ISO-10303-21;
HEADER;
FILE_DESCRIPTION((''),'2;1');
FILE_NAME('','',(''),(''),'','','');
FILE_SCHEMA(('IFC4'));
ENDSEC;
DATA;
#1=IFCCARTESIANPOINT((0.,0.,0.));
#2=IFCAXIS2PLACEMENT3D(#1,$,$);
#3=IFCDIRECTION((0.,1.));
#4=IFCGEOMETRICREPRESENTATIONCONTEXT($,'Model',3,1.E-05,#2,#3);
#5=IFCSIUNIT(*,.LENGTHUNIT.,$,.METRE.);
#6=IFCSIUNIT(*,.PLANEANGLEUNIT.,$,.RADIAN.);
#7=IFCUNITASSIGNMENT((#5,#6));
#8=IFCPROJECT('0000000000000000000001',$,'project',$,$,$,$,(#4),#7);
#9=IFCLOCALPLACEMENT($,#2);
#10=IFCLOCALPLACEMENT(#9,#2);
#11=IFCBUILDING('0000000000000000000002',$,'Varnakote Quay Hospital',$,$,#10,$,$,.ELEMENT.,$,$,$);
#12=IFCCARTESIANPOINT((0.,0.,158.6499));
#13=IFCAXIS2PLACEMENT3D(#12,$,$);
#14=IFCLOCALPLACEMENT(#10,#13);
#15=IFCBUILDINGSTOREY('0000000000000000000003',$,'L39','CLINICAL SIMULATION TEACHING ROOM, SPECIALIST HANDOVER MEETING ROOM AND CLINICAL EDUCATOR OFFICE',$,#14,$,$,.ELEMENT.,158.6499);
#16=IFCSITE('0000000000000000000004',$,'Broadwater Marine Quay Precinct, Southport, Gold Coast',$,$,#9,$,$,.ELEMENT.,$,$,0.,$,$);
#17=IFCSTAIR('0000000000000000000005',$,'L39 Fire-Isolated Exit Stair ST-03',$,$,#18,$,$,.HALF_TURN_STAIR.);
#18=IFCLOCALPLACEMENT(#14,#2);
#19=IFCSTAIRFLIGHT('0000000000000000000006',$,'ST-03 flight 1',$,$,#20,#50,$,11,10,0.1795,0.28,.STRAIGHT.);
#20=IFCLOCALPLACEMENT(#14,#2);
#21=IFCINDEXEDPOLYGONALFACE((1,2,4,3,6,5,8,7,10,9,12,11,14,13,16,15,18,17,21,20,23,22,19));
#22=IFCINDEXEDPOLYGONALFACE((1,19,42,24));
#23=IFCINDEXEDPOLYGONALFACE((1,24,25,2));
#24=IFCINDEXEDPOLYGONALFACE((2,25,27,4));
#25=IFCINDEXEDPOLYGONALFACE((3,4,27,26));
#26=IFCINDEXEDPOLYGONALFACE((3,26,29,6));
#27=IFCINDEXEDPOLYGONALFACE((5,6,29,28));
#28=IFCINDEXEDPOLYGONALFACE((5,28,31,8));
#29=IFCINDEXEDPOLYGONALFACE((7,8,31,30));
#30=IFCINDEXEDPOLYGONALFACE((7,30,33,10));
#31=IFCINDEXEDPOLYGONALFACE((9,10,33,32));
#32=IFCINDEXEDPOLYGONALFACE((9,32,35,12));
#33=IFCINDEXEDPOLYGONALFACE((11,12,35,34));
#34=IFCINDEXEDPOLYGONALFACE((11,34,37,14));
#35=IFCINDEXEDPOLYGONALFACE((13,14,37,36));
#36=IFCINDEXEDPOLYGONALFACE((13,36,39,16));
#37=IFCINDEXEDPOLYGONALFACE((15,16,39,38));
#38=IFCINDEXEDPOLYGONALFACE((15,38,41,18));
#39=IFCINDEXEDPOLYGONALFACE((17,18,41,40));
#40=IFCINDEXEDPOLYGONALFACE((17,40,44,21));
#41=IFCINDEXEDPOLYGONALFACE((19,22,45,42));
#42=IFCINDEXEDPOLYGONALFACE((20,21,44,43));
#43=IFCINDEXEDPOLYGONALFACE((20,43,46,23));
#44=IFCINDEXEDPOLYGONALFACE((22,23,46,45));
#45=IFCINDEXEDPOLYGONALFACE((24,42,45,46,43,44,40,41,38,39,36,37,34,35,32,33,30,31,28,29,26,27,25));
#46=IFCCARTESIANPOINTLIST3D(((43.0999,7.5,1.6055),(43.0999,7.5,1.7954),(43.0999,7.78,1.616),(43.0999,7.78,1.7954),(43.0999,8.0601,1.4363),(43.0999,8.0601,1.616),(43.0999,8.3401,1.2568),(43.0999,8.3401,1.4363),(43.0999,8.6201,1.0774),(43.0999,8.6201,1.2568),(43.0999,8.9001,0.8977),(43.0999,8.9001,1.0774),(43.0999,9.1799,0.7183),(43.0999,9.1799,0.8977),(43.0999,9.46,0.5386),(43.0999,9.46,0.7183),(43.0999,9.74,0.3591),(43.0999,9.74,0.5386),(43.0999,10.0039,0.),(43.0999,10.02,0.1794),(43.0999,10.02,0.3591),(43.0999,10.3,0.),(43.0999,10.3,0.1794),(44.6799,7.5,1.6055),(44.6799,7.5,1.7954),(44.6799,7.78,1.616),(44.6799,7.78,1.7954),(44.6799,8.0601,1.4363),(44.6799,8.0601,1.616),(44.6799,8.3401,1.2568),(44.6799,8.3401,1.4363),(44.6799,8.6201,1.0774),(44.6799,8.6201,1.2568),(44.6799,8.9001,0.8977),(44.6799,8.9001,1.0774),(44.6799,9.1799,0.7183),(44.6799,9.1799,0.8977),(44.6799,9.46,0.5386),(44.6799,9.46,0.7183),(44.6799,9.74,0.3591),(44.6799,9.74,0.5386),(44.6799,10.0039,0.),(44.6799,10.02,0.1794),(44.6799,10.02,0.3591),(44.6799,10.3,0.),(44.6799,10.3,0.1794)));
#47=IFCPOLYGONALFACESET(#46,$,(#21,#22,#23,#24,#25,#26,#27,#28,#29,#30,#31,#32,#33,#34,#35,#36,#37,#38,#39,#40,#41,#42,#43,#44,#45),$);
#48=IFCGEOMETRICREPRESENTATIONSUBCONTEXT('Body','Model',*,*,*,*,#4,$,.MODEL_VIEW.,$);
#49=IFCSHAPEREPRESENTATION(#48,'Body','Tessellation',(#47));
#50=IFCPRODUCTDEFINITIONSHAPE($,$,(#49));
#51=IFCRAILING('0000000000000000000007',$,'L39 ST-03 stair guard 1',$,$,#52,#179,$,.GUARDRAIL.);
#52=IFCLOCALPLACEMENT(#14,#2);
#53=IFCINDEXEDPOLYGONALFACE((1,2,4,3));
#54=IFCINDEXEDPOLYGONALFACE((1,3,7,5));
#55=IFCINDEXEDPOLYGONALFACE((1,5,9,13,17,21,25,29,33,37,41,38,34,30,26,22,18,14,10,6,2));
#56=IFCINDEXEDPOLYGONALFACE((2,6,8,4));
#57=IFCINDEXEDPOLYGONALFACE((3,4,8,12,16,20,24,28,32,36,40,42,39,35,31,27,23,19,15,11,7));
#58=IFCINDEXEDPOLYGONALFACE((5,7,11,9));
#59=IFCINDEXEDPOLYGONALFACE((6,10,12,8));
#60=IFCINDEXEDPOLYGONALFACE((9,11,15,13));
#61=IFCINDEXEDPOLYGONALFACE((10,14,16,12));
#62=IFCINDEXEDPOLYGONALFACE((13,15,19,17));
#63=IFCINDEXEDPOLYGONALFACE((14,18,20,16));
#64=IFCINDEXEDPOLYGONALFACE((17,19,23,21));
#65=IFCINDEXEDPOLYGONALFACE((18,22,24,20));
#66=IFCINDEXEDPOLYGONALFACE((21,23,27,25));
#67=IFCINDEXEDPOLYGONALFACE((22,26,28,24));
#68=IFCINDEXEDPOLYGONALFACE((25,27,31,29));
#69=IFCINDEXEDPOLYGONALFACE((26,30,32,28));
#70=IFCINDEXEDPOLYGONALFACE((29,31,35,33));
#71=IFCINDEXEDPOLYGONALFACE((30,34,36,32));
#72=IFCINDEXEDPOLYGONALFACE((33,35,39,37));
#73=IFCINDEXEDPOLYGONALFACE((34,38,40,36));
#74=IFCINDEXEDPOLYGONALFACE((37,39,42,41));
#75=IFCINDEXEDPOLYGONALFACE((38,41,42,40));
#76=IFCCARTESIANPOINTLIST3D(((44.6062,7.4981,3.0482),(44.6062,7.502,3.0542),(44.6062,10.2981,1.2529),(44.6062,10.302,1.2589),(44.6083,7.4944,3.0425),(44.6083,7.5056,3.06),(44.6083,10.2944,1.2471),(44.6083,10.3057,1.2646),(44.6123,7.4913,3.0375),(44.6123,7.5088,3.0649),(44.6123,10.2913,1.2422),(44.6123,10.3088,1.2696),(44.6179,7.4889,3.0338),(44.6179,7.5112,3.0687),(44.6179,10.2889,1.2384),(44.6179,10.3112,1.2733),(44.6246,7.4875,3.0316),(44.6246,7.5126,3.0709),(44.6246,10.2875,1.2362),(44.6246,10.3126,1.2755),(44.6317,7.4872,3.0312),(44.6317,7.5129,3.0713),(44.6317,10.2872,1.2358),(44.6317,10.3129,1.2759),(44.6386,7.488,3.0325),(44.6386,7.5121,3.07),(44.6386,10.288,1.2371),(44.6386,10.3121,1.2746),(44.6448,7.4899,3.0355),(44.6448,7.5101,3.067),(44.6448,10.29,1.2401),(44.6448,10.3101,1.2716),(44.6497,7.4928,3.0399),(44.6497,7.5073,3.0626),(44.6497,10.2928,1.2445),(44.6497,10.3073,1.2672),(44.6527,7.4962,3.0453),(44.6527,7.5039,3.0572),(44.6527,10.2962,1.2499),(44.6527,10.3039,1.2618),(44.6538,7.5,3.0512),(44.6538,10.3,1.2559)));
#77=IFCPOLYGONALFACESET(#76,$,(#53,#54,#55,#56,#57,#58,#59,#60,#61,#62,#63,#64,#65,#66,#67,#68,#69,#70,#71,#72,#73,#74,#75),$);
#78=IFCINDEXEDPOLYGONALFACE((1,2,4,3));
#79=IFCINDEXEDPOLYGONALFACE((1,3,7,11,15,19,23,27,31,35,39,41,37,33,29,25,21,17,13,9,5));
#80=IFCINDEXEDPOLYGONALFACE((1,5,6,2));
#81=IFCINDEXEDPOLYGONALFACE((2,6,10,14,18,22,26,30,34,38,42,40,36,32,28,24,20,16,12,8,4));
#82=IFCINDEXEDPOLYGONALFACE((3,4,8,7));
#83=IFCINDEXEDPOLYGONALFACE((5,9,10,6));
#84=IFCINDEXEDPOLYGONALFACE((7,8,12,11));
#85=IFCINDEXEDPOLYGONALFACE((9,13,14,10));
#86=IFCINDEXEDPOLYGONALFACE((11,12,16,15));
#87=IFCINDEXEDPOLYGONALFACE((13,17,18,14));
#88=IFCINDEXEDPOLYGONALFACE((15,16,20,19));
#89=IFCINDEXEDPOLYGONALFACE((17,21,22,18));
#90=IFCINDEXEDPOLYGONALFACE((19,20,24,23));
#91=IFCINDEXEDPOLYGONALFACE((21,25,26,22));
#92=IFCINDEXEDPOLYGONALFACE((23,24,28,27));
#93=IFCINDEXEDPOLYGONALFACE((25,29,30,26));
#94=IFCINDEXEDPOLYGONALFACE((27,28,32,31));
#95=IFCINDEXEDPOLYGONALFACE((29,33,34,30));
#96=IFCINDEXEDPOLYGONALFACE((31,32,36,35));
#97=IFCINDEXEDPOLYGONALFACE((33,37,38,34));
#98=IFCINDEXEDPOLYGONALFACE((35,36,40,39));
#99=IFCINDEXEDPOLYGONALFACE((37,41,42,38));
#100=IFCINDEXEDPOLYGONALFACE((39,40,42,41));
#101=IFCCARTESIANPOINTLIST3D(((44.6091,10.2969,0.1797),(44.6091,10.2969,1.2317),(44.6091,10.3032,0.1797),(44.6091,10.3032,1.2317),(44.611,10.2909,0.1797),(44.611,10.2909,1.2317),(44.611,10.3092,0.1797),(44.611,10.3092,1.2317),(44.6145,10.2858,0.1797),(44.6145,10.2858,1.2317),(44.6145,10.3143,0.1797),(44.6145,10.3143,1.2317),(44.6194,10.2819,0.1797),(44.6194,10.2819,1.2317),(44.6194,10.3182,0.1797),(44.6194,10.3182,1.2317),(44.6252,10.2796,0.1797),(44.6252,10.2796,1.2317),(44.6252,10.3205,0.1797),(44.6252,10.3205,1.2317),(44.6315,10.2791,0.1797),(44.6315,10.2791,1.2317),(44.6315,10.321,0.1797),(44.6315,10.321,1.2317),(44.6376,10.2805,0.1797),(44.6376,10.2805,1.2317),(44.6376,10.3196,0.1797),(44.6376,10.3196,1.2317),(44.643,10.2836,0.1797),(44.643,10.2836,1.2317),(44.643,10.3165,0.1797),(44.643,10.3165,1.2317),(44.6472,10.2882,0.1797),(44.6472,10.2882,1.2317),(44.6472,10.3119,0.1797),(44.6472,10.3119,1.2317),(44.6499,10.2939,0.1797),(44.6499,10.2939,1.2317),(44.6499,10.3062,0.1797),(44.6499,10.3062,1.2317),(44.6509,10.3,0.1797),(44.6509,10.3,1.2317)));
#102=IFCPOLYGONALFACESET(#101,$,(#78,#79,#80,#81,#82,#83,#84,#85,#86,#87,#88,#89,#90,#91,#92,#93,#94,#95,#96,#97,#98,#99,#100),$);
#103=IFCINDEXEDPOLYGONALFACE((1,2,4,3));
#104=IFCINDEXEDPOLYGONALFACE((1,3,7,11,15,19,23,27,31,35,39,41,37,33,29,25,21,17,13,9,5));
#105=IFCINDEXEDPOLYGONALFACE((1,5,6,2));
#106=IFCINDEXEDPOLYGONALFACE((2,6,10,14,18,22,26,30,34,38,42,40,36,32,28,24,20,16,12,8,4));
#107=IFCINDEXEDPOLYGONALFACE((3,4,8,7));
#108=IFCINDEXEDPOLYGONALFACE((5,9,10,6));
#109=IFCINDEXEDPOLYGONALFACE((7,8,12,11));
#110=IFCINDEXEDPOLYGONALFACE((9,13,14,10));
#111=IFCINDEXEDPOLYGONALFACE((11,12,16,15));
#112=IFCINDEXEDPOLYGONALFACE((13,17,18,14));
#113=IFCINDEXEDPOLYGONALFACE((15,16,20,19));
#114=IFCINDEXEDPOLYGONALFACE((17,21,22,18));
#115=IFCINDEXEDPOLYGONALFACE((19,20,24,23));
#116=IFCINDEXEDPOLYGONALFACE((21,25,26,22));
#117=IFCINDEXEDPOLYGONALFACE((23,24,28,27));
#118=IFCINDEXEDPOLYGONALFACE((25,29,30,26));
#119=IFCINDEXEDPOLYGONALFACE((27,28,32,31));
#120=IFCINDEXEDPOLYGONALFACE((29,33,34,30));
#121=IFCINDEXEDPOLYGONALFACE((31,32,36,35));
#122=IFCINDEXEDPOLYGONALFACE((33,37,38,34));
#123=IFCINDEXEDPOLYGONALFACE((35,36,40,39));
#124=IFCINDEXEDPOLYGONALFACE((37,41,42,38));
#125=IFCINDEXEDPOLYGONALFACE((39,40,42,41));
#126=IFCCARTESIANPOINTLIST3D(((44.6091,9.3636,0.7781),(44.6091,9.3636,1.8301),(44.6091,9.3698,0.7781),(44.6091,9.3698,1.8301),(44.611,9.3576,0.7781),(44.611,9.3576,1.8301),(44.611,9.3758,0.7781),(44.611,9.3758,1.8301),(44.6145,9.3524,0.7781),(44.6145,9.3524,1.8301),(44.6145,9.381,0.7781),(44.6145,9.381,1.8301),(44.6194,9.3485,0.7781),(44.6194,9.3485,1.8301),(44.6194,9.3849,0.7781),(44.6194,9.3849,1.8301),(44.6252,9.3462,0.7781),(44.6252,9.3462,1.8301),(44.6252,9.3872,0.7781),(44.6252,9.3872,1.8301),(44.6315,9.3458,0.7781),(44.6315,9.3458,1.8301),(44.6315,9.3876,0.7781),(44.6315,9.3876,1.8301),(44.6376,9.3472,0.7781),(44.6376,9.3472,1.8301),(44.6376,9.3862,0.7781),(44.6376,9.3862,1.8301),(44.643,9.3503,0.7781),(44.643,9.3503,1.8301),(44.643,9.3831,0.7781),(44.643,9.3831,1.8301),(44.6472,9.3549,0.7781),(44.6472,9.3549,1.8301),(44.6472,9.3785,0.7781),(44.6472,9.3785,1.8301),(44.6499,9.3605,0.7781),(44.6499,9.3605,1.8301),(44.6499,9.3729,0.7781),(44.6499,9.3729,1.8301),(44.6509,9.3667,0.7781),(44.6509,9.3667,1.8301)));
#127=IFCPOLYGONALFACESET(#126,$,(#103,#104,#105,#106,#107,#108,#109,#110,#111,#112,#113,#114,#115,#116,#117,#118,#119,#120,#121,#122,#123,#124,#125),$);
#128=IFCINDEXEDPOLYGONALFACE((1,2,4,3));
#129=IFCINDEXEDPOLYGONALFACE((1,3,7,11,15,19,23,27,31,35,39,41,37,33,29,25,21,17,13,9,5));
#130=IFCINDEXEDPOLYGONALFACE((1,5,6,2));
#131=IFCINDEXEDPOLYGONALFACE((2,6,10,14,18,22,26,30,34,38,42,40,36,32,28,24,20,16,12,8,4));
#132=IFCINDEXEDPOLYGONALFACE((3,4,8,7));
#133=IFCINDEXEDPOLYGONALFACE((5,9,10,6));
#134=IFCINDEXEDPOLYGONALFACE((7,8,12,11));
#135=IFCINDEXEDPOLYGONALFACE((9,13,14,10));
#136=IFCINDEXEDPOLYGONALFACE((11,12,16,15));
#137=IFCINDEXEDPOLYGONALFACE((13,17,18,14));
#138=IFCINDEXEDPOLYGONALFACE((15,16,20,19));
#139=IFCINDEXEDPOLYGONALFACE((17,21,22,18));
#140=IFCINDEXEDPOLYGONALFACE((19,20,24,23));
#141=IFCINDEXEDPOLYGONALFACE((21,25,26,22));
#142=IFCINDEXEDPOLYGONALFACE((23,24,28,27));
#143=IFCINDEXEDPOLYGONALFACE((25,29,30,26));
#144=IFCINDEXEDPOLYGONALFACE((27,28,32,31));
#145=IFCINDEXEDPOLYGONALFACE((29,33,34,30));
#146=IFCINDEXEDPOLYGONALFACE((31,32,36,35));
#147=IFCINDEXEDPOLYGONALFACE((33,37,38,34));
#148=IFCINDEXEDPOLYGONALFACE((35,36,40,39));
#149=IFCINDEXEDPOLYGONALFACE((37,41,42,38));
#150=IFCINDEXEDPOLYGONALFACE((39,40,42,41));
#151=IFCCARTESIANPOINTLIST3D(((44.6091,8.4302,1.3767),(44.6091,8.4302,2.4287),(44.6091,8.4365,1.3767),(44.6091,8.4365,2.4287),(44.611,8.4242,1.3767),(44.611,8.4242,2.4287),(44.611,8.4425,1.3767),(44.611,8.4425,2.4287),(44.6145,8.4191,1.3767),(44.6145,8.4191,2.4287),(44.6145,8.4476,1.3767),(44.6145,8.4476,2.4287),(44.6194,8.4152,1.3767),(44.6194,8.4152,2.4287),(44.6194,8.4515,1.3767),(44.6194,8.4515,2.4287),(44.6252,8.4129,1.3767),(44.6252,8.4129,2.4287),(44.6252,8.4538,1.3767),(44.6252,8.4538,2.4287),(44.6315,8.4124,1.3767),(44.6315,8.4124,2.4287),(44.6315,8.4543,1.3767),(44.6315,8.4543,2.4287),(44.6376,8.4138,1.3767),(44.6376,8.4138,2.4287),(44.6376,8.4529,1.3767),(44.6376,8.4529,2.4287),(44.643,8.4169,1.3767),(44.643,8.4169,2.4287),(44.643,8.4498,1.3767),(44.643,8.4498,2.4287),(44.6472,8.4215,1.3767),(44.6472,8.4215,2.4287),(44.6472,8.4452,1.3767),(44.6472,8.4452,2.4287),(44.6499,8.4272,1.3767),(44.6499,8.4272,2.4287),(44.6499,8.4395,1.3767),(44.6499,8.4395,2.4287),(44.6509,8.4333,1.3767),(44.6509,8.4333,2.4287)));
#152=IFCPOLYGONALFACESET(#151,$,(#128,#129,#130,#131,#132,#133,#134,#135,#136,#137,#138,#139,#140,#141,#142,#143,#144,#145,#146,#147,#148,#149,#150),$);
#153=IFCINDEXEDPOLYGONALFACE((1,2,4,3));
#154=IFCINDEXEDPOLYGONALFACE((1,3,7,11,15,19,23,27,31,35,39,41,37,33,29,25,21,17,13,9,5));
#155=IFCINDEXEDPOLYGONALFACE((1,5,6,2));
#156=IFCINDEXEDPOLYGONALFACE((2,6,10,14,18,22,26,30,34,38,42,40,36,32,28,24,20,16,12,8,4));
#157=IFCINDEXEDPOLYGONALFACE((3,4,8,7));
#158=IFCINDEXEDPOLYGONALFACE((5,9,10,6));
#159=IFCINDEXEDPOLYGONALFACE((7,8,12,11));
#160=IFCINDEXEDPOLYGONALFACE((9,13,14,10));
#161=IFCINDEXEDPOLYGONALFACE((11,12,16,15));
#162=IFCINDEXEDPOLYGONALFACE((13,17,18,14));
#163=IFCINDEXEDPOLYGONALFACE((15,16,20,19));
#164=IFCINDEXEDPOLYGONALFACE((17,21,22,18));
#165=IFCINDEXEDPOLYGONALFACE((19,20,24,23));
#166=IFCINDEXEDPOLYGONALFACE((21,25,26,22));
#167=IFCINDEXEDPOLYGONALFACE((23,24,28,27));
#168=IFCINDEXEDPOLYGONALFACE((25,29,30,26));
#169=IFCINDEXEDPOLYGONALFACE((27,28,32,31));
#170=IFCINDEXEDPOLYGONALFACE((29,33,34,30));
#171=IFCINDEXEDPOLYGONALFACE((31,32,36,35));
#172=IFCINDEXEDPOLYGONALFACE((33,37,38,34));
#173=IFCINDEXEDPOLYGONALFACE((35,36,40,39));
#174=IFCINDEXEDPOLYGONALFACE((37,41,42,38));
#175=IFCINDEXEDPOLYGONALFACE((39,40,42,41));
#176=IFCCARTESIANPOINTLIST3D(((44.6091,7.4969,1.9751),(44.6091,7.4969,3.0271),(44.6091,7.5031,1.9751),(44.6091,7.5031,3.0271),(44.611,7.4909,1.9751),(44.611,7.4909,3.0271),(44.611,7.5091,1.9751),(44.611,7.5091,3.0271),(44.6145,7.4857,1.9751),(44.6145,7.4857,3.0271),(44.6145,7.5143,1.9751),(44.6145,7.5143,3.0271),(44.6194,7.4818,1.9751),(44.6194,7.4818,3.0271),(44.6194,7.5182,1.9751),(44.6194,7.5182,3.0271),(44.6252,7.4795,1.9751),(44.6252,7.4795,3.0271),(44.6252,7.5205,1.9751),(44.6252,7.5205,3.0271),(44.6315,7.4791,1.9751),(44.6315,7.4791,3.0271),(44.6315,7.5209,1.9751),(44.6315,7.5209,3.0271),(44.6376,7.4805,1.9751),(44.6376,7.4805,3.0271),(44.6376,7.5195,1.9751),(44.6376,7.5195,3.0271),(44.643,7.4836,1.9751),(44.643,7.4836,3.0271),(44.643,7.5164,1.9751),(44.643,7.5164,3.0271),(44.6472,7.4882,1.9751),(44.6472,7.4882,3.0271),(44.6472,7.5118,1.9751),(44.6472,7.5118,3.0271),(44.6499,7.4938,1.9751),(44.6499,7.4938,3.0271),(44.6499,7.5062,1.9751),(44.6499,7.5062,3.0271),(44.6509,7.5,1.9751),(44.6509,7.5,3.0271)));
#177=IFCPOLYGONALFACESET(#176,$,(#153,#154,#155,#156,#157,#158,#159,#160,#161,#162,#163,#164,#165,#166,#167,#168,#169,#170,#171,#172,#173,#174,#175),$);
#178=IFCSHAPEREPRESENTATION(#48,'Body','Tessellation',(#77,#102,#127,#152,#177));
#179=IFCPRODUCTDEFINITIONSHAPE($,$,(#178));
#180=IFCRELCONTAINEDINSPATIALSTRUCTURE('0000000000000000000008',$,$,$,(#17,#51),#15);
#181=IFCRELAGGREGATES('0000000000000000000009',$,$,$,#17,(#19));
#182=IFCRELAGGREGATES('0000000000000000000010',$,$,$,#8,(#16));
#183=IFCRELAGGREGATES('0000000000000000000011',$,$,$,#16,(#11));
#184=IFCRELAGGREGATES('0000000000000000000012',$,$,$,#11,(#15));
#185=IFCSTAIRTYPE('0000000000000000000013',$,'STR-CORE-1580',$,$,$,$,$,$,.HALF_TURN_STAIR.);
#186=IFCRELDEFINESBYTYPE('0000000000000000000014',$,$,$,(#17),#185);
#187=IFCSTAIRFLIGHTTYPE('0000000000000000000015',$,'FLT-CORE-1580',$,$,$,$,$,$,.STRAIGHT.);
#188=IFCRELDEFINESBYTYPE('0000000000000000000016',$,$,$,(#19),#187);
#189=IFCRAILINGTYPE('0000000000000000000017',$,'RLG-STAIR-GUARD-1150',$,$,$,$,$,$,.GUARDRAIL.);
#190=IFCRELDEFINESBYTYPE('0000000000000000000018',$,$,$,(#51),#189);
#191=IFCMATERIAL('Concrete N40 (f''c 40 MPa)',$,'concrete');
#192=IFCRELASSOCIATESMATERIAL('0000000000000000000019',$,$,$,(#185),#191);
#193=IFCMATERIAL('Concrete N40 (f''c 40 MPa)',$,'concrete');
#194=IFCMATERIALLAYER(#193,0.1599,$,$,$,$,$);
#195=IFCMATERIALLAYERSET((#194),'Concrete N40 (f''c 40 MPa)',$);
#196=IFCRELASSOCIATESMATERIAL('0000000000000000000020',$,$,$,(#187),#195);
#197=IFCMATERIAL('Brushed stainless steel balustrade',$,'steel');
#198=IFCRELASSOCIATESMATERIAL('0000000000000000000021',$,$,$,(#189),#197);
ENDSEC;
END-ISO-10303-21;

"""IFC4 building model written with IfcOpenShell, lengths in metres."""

from ifc_helpers import new_model, si_unit, direction, frame, origin, origin_2d, place, context, subcontext, project, spatial, polyline, circle, outline, extrude, material, layer, layer_set, type_object, element, aggregate, save


model = new_model("IFC4")

# Units and contexts
model_context = context("Model", 3, precision=1e-05, world=origin(), true_north=direction((0.0, 1.0)))
body_context = subcontext(model_context, "Body", "Model", "MODEL_VIEW")
ifc_project = project(units=[si_unit("LENGTHUNIT", "METRE"), si_unit("PLANEANGLEUNIT", "RADIAN")], contexts=[model_context])

# Site, building, storey
site_placement = place(None, origin())
site = spatial("IfcSite", under=ifc_project, at=site_placement, Name="Broadwater Marine Quay Precinct, Southport, Gold Coast", CompositionType="ELEMENT", RefElevation=0.0)
building_placement = place(site_placement, origin())
building = spatial("IfcBuilding", under=site, at=building_placement, Name="Varnakote Quay Hospital", CompositionType="ELEMENT")
storey_placement = place(building_placement, frame((0.0, 0.0, 158.6499)))
storey = spatial("IfcBuildingStorey", under=building, at=storey_placement, Name="L39", Description="CLINICAL SIMULATION TEACHING ROOM, SPECIALIST HANDOVER MEETING ROOM AND CLINICAL EDUCATOR OFFICE", CompositionType="ELEMENT", Elevation=158.6499)

# Stair, stair flight
ifc_material_1 = material(Name="Concrete N40 (f'c 40 MPa)", Category="concrete")
stair_type = type_object("IfcStairType", Name="STR-CORE-1580", PredefinedType="HALF_TURN_STAIR", material=ifc_material_1)
stair_placement = place(storey_placement, origin())
stair = element("IfcStair", 1, at=stair_placement, inside=storey, type_object=stair_type, Name="L39 Fire-Isolated Exit Stair ST-03", PredefinedType="HALF_TURN_STAIR")
ifc_material_2 = material(Name="Concrete N40 (f'c 40 MPa)", Category="concrete")
ifc_layer_1 = layer(ifc_material_2, 0.1599)
ifc_layer_set_1 = layer_set([ifc_layer_1], Name="Concrete N40 (f'c 40 MPa)")
stair_flight_type = type_object("IfcStairFlightType", Name="FLT-CORE-1580", PredefinedType="STRAIGHT", material=ifc_layer_set_1)
stair_flight_placement = place(storey_placement, frame((43.8899, 10.3, 0.0), z_axis=(0.0, 0.0, 1.0), x_axis=(0.0, -1.0, 0.0)))
stair_flight = element("IfcStairFlight", 2, at=stair_flight_placement, type_object=stair_flight_type, Name="ST-03 flight 1", NumberOfRisers=11, NumberOfTreads=10, PredefinedType="STRAIGHT", RiserHeight=0.1795, TreadLength=0.28, context=body_context, shape_type="SweptSolid", body=[
    extrude(outline(polyline([(0.0, 0.0), (0.0, 0.1794), (0.28, 0.1794), (0.28, 0.3591), (0.5601, 0.3591), (0.5601, 0.5386), (0.8401, 0.5386), (0.8401, 0.7183), (1.1201, 0.7183), (1.1201, 0.8977), (1.3999, 0.8977), (1.3999, 1.0774), (1.6799, 1.0774), (1.6799, 1.2568), (1.96, 1.2568), (1.96, 1.4363), (2.24, 1.4363), (2.24, 1.616), (2.52, 1.616), (2.52, 1.7954), (2.8, 1.7954), (2.8, 1.9751), (2.8, 1.6055), (0.2961, 0.0), (0.0, 0.0)])), frame((0.0, 0.79, 0.0), z_axis=(0.0, -1.0, 0.0), x_axis=(1.0, 0.0, 0.0)), (0.0, 0.0, 1.0), 1.5801),
])
aggregate(stair, [stair_flight])

# Railing
ifc_material_3 = material(Name="Brushed stainless steel balustrade", Category="steel")
railing_type_1 = type_object("IfcRailingType", Name="RLG-STAIR-GUARD-1150", PredefinedType="GUARDRAIL", material=ifc_material_3)
railing_1_placement = place(storey_placement, frame((44.6299, 10.3, 0.1797)))
element("IfcRailing", 3, at=railing_1_placement, inside=storey, type_object=railing_type_1, Name="L39 ST-03 stair guard 1", PredefinedType="GUARDRAIL", context=body_context, shape_type="SweptSolid", body=[
    extrude(circle(Radius=0.0239, at=origin_2d()), frame((0.0, 0.0, 1.0762), z_axis=(0.0, -0.84181, 0.539774), x_axis=(1.0, 0.0, 0.0)), (0.0, 0.0, 1.0), 3.3262),
    extrude(circle(Radius=0.021, at=origin_2d()), origin(), (0.0, 0.0, 1.0), 1.052),
    extrude(circle(Radius=0.021, at=origin_2d()), frame((0.0, -0.9333, 0.5984)), (0.0, 0.0, 1.0), 1.052),
    extrude(circle(Radius=0.021, at=origin_2d()), frame((0.0, -1.8667, 1.197)), (0.0, 0.0, 1.0), 1.052),
    extrude(circle(Radius=0.021, at=origin_2d()), frame((0.0, -2.8, 1.7954)), (0.0, 0.0, 1.0), 1.052),
])

save(model, "model.ifc")
